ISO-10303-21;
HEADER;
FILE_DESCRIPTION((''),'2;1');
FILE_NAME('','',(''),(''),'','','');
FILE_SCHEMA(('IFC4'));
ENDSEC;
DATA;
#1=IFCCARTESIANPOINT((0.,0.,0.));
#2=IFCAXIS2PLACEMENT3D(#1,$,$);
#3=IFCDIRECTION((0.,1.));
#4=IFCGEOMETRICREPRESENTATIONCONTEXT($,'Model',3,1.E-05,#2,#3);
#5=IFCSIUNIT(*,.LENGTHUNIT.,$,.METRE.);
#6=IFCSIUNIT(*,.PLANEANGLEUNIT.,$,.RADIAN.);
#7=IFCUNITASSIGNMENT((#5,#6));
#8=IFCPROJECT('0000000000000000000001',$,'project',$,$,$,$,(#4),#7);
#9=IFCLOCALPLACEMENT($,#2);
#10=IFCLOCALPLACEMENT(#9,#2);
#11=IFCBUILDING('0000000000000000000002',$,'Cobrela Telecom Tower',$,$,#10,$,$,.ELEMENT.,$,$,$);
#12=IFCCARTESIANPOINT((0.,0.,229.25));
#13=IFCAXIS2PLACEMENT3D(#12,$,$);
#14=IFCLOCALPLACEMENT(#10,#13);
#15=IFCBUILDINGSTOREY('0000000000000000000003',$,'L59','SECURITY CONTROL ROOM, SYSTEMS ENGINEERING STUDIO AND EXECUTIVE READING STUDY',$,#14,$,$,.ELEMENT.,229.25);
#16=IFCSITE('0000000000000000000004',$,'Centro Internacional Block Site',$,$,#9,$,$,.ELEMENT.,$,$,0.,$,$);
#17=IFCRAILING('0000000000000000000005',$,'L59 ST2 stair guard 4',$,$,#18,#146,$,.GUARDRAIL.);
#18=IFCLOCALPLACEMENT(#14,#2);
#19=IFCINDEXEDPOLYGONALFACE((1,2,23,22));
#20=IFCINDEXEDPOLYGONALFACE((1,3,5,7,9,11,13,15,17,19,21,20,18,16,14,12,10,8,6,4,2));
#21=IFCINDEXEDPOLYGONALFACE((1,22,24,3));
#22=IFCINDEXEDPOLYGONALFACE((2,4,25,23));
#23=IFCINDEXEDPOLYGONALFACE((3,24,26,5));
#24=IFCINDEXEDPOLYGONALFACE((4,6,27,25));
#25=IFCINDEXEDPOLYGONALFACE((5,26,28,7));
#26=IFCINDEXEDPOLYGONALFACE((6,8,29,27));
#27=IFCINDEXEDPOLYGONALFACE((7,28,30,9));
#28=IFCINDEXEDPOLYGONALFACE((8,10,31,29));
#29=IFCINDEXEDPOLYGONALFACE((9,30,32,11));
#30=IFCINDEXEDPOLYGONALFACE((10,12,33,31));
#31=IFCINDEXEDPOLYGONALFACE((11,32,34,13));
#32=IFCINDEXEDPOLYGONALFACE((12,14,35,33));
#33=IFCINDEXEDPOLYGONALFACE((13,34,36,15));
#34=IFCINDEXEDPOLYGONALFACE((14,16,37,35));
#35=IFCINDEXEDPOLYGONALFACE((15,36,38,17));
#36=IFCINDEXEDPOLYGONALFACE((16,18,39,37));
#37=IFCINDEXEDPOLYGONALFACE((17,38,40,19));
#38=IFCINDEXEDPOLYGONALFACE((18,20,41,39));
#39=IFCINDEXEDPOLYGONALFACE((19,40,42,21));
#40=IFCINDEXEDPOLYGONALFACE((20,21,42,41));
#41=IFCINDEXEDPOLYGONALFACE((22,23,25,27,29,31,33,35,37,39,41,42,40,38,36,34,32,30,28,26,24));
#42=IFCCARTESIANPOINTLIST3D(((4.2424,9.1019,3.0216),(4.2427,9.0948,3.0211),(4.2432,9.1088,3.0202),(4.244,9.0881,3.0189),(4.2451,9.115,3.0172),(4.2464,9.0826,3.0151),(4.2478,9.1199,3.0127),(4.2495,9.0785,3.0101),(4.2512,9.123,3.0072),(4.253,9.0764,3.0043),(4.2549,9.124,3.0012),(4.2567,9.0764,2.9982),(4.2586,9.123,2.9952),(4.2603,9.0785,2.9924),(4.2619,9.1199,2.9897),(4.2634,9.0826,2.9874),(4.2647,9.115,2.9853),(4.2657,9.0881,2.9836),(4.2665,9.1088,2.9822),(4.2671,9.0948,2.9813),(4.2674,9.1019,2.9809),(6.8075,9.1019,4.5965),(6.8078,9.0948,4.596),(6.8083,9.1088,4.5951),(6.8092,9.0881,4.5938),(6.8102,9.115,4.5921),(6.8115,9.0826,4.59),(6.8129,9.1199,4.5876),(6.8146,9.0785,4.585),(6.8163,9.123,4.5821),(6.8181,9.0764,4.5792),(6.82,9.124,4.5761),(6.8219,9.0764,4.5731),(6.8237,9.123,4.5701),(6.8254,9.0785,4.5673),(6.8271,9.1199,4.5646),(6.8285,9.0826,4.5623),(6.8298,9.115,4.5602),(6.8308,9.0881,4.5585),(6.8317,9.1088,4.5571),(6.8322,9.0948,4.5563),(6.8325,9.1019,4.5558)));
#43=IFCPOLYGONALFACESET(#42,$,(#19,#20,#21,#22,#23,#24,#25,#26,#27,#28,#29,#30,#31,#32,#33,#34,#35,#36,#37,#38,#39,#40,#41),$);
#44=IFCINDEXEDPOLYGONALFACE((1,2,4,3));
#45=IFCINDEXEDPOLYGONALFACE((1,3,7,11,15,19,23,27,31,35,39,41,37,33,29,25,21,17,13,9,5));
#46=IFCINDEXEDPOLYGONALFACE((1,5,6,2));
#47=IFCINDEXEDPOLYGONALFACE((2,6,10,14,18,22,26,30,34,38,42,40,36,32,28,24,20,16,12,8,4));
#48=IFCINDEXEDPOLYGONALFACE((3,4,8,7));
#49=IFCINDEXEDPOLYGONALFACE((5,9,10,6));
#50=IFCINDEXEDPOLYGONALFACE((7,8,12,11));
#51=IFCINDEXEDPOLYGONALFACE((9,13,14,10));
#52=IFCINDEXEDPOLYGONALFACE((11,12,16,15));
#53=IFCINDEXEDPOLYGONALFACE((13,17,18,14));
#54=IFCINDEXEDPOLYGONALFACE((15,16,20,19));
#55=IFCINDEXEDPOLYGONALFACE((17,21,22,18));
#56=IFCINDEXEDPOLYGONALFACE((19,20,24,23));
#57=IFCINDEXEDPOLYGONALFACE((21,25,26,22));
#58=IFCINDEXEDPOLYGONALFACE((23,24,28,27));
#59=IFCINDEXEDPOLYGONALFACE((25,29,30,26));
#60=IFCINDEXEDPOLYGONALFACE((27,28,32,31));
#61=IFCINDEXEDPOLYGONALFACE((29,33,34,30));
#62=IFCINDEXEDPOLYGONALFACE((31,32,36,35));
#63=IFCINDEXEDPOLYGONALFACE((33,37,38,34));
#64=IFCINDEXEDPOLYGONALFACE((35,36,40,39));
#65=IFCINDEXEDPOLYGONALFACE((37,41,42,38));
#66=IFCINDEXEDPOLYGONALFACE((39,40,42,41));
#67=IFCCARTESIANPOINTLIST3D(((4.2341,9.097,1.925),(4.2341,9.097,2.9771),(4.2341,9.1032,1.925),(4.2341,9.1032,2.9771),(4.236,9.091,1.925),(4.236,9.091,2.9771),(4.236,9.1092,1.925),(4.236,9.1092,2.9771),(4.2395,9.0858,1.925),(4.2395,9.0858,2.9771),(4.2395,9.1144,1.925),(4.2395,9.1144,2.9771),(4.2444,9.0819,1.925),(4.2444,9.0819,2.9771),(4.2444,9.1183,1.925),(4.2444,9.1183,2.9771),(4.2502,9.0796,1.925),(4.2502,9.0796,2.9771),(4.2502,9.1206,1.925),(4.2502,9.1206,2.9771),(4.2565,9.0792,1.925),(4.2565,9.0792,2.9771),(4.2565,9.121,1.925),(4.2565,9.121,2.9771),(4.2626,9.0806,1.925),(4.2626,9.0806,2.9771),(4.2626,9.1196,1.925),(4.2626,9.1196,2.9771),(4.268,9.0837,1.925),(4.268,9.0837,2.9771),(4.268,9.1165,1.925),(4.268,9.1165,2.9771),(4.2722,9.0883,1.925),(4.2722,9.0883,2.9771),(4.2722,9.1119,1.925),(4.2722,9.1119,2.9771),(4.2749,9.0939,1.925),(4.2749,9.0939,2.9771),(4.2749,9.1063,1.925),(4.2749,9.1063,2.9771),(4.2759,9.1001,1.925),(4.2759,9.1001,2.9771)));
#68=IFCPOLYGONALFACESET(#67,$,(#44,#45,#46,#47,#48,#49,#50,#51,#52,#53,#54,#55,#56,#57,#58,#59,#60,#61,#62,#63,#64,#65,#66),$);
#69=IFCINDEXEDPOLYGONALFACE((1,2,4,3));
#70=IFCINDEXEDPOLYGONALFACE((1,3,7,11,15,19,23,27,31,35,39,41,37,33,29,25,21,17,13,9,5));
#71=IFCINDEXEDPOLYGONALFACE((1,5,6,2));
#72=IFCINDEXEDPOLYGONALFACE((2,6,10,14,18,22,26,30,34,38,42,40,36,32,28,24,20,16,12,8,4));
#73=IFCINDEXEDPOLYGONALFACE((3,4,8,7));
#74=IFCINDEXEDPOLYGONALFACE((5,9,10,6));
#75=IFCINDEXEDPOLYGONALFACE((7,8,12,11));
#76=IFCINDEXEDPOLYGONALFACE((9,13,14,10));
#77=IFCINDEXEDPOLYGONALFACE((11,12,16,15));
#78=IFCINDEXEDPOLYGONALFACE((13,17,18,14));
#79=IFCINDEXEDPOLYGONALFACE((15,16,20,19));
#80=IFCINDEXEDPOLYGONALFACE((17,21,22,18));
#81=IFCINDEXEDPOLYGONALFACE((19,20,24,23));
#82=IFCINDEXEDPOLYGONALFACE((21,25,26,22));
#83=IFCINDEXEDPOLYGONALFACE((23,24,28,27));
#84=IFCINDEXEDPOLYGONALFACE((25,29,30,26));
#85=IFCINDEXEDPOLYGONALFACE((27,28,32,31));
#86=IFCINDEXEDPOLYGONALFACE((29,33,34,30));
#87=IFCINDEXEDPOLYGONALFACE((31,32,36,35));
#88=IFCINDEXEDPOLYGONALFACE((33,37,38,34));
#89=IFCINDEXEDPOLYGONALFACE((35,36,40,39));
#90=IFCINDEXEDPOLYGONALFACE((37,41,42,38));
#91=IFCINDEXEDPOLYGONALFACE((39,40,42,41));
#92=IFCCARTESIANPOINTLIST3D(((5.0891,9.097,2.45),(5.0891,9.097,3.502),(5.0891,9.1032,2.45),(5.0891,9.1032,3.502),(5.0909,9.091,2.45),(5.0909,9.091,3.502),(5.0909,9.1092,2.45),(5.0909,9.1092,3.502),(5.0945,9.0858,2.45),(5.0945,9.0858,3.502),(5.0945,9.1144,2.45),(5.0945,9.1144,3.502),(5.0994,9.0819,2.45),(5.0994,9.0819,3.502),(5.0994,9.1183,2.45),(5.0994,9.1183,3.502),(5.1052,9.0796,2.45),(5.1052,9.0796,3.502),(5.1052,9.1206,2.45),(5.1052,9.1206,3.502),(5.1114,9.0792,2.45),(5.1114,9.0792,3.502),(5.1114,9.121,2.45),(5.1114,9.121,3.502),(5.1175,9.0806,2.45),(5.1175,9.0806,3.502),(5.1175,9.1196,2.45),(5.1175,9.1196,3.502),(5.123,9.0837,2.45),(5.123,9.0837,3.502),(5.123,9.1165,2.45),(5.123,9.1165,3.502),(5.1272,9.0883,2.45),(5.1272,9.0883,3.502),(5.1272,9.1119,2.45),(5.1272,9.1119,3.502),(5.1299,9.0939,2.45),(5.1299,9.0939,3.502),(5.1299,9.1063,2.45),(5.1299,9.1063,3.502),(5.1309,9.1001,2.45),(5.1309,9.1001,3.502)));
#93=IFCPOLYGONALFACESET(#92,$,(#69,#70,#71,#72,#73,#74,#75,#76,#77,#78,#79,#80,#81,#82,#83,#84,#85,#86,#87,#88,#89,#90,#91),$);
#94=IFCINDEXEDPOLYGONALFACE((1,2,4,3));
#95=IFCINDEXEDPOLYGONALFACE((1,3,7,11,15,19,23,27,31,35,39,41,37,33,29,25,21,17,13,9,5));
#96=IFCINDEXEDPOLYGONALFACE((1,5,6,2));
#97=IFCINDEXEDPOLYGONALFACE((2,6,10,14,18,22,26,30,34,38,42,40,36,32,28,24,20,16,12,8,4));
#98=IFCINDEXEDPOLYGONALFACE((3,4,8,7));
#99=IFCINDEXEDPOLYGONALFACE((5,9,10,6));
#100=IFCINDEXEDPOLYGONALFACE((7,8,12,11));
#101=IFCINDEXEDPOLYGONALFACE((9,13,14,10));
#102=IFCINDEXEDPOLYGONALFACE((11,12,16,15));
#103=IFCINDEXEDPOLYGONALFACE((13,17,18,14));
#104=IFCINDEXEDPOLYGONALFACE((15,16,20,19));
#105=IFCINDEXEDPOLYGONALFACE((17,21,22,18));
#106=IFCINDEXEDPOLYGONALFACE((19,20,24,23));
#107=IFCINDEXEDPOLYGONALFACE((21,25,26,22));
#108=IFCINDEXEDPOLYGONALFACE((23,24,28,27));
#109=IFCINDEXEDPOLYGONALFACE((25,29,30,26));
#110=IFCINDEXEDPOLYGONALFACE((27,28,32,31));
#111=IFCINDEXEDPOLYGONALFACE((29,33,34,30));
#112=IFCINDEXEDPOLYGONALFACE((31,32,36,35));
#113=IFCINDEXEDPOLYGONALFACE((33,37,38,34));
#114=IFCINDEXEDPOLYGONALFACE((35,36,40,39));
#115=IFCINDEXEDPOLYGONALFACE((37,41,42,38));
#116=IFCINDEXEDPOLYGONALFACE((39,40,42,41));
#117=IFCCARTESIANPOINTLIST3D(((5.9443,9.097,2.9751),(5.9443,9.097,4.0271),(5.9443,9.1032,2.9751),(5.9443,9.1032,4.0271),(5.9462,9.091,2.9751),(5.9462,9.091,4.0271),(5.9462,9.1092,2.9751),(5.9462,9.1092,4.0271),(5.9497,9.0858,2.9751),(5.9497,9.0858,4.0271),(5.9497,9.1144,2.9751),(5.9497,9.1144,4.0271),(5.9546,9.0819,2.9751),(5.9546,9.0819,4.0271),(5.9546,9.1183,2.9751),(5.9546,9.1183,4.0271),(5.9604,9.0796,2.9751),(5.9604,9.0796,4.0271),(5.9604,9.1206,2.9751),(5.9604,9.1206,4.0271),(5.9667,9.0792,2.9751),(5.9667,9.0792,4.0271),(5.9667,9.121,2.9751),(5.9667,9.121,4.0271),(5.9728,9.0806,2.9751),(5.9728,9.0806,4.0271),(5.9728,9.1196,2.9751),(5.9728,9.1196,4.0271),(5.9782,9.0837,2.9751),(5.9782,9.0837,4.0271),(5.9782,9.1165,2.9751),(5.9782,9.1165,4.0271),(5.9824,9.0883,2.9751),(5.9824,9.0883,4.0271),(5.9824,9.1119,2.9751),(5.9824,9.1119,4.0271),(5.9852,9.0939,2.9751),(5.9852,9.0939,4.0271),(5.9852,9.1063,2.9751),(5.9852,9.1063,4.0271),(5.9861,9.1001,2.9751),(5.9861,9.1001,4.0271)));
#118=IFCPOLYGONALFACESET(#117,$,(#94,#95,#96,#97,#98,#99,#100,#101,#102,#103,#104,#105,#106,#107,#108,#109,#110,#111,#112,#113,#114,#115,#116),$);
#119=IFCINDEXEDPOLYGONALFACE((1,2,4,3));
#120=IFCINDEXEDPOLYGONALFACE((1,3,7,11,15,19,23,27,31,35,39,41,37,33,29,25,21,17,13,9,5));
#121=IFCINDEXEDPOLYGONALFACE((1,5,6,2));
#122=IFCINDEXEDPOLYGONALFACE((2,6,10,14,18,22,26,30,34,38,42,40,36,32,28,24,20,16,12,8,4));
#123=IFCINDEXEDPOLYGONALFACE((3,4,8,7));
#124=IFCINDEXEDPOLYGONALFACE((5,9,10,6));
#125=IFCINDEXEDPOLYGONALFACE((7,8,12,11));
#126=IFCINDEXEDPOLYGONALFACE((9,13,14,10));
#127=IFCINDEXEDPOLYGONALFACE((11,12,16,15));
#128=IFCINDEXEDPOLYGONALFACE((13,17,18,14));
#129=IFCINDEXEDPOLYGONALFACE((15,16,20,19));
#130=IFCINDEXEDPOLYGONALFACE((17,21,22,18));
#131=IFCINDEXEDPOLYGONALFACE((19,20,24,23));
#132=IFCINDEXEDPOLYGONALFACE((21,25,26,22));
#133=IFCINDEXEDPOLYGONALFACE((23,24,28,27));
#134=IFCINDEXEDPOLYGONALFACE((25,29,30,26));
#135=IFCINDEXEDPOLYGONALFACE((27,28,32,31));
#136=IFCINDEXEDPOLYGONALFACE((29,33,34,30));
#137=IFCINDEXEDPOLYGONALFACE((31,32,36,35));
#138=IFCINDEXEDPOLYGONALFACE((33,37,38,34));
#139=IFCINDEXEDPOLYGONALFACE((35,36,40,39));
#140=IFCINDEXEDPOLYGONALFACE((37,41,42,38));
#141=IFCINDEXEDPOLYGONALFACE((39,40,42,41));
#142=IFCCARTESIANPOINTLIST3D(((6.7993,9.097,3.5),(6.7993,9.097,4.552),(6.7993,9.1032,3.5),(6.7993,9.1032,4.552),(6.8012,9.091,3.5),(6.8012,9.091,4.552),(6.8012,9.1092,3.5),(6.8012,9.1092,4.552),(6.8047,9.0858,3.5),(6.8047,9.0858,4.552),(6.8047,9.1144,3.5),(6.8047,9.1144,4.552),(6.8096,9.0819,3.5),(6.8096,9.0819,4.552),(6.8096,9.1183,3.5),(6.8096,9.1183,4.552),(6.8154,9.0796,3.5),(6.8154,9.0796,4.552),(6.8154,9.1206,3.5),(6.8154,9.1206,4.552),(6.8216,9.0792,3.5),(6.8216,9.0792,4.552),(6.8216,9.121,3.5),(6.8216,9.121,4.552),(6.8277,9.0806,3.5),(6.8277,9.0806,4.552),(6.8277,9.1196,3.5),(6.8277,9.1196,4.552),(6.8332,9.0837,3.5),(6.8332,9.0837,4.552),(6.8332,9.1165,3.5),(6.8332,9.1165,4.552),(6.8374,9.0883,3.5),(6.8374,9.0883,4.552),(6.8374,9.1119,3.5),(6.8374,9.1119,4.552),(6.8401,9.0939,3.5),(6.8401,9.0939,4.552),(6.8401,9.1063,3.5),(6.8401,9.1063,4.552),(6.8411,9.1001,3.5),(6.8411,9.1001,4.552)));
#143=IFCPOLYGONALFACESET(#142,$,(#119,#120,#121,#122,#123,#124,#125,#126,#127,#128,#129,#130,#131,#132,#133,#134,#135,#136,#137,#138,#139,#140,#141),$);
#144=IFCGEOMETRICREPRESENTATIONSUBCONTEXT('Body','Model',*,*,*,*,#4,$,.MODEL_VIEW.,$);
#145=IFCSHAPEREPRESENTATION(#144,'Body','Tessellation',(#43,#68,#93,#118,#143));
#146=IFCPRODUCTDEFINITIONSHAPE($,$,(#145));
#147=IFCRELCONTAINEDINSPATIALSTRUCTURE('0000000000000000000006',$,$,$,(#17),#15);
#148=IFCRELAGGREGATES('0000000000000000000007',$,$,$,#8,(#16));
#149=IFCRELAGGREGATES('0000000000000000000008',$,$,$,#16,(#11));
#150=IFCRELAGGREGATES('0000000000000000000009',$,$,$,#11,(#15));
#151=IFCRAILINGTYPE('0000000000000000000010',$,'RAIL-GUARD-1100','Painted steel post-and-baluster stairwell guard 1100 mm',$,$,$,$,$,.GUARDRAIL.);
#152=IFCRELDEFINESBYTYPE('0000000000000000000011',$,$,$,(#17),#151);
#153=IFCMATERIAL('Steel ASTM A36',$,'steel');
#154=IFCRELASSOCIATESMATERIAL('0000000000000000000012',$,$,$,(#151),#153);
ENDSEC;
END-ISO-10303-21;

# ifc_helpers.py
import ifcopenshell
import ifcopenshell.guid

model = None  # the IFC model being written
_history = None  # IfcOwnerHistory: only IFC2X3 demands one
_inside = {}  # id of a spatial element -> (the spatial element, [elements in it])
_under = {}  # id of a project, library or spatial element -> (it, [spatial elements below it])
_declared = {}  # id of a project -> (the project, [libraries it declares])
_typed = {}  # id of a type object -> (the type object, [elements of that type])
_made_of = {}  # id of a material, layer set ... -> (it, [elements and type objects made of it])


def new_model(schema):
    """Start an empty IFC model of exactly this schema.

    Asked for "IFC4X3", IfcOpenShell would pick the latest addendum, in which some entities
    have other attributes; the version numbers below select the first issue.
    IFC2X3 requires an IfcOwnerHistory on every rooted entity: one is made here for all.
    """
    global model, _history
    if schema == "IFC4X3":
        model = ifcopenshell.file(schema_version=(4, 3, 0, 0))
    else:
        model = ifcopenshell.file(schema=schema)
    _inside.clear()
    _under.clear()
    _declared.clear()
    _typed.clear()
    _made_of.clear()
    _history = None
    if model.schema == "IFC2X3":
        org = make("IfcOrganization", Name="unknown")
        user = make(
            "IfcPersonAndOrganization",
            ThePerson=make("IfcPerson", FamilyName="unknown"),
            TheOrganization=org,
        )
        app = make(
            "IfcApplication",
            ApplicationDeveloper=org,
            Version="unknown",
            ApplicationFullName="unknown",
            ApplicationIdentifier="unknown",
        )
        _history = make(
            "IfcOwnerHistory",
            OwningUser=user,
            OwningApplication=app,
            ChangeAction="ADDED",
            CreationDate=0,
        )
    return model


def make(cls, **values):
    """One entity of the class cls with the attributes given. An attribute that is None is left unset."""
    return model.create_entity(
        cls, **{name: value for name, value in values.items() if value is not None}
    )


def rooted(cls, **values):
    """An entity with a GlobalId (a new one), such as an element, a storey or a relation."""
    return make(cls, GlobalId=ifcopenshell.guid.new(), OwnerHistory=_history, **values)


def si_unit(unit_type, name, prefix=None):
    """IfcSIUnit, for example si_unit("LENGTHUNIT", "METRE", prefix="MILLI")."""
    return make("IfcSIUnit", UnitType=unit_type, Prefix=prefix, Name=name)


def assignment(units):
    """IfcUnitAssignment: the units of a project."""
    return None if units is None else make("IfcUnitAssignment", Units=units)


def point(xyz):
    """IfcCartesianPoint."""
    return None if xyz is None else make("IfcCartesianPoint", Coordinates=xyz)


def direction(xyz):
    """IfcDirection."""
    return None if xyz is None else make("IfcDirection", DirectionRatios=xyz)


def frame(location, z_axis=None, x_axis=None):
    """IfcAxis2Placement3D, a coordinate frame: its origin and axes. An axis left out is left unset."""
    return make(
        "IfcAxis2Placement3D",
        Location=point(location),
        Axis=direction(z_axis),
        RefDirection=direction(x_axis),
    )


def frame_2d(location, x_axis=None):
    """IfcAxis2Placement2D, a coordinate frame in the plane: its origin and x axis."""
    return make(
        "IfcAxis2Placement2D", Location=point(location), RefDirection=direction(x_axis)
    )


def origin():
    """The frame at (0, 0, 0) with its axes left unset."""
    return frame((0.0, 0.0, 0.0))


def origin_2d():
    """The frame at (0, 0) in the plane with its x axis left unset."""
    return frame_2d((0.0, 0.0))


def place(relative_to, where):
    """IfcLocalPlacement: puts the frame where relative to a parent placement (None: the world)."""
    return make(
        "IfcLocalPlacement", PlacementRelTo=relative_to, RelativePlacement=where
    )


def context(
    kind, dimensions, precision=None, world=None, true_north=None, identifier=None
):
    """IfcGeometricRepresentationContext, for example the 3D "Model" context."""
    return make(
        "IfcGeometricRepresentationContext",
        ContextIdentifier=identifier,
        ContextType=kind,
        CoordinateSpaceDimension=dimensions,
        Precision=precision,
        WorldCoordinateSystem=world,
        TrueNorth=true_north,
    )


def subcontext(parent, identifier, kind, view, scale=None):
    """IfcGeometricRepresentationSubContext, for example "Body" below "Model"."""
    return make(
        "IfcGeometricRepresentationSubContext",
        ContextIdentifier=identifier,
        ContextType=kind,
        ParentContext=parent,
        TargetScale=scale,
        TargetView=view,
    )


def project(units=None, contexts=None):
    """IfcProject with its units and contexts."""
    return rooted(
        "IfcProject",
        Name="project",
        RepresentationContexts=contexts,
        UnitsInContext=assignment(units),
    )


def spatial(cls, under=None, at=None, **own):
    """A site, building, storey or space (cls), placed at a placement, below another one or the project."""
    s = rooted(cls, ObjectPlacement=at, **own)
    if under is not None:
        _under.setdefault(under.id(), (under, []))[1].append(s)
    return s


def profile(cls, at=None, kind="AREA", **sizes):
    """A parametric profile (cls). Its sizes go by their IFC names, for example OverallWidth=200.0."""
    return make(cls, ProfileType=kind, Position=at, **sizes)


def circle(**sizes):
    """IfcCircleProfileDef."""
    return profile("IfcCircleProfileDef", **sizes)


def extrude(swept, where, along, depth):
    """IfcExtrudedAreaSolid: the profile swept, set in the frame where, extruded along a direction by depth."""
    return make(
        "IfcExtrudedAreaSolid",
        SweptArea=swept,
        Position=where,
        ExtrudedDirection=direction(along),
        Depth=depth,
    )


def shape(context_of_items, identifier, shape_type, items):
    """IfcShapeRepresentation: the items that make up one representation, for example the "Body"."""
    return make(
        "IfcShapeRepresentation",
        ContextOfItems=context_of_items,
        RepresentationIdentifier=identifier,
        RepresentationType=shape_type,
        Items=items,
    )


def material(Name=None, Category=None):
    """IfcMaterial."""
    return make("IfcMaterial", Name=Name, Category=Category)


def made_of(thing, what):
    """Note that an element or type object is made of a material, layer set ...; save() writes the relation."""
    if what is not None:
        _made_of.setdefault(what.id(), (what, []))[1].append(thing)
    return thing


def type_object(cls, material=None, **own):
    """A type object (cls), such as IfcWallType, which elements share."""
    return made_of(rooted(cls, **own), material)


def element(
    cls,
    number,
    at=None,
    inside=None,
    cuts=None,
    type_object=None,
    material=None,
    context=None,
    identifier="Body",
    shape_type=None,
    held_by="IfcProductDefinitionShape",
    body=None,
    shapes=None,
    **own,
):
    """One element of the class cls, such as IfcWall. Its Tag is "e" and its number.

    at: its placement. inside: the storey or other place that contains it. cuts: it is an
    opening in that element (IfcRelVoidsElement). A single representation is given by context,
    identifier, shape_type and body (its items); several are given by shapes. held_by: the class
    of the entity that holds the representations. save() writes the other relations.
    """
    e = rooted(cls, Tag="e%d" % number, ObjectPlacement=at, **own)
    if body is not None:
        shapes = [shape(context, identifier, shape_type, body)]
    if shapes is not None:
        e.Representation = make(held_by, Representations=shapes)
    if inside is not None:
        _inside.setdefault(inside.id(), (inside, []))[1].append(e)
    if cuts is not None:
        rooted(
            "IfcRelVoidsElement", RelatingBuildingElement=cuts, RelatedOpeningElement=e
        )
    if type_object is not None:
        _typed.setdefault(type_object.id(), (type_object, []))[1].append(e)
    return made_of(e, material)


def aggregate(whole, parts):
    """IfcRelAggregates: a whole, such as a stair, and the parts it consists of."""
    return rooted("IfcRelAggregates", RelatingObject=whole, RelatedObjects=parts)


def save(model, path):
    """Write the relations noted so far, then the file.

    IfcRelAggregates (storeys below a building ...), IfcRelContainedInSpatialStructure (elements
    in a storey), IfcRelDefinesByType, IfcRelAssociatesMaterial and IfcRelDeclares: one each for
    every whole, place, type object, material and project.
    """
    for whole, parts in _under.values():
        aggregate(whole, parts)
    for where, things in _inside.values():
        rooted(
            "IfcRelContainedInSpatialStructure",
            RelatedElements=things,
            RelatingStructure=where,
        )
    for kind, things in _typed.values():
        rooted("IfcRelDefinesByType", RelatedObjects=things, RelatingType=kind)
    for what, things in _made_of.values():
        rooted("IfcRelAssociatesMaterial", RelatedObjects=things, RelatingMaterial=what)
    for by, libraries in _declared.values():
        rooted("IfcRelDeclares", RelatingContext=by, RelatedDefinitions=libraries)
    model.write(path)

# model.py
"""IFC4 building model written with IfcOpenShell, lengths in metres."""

from ifc_helpers import new_model, si_unit, direction, frame, origin, origin_2d, place, context, subcontext, project, spatial, circle, extrude, material, type_object, element, save


model = new_model("IFC4")

# Units and contexts
model_context = context("Model", 3, precision=1e-05, world=origin(), true_north=direction((0.0, 1.0)))
body_context = subcontext(model_context, "Body", "Model", "MODEL_VIEW")
ifc_project = project(units=[si_unit("LENGTHUNIT", "METRE"), si_unit("PLANEANGLEUNIT", "RADIAN")], contexts=[model_context])

# Site, building, storey
site_placement = place(None, origin())
site = spatial("IfcSite", under=ifc_project, at=site_placement, Name="Centro Internacional Block Site", CompositionType="ELEMENT", RefElevation=0.0)
building_placement = place(site_placement, origin())
building = spatial("IfcBuilding", under=site, at=building_placement, Name="Cobrela Telecom Tower", CompositionType="ELEMENT")
storey_placement = place(building_placement, frame((0.0, 0.0, 229.25)))
storey = spatial("IfcBuildingStorey", under=building, at=storey_placement, Name="L59", Description="SECURITY CONTROL ROOM, SYSTEMS ENGINEERING STUDIO AND EXECUTIVE READING STUDY", CompositionType="ELEMENT", Elevation=229.25)

# Shared definitions
ifc_material_1 = material(Name="Steel ASTM A36", Category="steel")

# Railing
railing_type = type_object("IfcRailingType", Name="RAIL-GUARD-1100", Description="Painted steel post-and-baluster stairwell guard 1100 mm", PredefinedType="GUARDRAIL", material=ifc_material_1)
railing_1_placement = place(storey_placement, frame((4.2549, 9.1001, 1.925)))
element("IfcRailing", 1, at=railing_1_placement, inside=storey, type_object=railing_type, Name="L59 ST2 stair guard 4", PredefinedType="GUARDRAIL", context=body_context, shape_type="SweptSolid", body=[
    extrude(circle(Radius=0.0239, at=origin_2d()), frame((0.0, 0.0, 1.0762), z_axis=(0.852195, 0.0, 0.523224), x_axis=(0.0, 1.0, 0.0)), (0.0, 0.0, 1.0), 3.01),
    extrude(circle(Radius=0.021, at=origin_2d()), origin(), (0.0, 0.0, 1.0), 1.052),
    extrude(circle(Radius=0.021, at=origin_2d()), frame((0.855, 0.0, 0.5249)), (0.0, 0.0, 1.0), 1.052),
    extrude(circle(Radius=0.021, at=origin_2d()), frame((1.7102, 0.0, 1.05)), (0.0, 0.0, 1.0), 1.052),
    extrude(circle(Radius=0.021, at=origin_2d()), frame((2.5652, 0.0, 1.575)), (0.0, 0.0, 1.0), 1.052),
])

save(model, "model.ifc")
